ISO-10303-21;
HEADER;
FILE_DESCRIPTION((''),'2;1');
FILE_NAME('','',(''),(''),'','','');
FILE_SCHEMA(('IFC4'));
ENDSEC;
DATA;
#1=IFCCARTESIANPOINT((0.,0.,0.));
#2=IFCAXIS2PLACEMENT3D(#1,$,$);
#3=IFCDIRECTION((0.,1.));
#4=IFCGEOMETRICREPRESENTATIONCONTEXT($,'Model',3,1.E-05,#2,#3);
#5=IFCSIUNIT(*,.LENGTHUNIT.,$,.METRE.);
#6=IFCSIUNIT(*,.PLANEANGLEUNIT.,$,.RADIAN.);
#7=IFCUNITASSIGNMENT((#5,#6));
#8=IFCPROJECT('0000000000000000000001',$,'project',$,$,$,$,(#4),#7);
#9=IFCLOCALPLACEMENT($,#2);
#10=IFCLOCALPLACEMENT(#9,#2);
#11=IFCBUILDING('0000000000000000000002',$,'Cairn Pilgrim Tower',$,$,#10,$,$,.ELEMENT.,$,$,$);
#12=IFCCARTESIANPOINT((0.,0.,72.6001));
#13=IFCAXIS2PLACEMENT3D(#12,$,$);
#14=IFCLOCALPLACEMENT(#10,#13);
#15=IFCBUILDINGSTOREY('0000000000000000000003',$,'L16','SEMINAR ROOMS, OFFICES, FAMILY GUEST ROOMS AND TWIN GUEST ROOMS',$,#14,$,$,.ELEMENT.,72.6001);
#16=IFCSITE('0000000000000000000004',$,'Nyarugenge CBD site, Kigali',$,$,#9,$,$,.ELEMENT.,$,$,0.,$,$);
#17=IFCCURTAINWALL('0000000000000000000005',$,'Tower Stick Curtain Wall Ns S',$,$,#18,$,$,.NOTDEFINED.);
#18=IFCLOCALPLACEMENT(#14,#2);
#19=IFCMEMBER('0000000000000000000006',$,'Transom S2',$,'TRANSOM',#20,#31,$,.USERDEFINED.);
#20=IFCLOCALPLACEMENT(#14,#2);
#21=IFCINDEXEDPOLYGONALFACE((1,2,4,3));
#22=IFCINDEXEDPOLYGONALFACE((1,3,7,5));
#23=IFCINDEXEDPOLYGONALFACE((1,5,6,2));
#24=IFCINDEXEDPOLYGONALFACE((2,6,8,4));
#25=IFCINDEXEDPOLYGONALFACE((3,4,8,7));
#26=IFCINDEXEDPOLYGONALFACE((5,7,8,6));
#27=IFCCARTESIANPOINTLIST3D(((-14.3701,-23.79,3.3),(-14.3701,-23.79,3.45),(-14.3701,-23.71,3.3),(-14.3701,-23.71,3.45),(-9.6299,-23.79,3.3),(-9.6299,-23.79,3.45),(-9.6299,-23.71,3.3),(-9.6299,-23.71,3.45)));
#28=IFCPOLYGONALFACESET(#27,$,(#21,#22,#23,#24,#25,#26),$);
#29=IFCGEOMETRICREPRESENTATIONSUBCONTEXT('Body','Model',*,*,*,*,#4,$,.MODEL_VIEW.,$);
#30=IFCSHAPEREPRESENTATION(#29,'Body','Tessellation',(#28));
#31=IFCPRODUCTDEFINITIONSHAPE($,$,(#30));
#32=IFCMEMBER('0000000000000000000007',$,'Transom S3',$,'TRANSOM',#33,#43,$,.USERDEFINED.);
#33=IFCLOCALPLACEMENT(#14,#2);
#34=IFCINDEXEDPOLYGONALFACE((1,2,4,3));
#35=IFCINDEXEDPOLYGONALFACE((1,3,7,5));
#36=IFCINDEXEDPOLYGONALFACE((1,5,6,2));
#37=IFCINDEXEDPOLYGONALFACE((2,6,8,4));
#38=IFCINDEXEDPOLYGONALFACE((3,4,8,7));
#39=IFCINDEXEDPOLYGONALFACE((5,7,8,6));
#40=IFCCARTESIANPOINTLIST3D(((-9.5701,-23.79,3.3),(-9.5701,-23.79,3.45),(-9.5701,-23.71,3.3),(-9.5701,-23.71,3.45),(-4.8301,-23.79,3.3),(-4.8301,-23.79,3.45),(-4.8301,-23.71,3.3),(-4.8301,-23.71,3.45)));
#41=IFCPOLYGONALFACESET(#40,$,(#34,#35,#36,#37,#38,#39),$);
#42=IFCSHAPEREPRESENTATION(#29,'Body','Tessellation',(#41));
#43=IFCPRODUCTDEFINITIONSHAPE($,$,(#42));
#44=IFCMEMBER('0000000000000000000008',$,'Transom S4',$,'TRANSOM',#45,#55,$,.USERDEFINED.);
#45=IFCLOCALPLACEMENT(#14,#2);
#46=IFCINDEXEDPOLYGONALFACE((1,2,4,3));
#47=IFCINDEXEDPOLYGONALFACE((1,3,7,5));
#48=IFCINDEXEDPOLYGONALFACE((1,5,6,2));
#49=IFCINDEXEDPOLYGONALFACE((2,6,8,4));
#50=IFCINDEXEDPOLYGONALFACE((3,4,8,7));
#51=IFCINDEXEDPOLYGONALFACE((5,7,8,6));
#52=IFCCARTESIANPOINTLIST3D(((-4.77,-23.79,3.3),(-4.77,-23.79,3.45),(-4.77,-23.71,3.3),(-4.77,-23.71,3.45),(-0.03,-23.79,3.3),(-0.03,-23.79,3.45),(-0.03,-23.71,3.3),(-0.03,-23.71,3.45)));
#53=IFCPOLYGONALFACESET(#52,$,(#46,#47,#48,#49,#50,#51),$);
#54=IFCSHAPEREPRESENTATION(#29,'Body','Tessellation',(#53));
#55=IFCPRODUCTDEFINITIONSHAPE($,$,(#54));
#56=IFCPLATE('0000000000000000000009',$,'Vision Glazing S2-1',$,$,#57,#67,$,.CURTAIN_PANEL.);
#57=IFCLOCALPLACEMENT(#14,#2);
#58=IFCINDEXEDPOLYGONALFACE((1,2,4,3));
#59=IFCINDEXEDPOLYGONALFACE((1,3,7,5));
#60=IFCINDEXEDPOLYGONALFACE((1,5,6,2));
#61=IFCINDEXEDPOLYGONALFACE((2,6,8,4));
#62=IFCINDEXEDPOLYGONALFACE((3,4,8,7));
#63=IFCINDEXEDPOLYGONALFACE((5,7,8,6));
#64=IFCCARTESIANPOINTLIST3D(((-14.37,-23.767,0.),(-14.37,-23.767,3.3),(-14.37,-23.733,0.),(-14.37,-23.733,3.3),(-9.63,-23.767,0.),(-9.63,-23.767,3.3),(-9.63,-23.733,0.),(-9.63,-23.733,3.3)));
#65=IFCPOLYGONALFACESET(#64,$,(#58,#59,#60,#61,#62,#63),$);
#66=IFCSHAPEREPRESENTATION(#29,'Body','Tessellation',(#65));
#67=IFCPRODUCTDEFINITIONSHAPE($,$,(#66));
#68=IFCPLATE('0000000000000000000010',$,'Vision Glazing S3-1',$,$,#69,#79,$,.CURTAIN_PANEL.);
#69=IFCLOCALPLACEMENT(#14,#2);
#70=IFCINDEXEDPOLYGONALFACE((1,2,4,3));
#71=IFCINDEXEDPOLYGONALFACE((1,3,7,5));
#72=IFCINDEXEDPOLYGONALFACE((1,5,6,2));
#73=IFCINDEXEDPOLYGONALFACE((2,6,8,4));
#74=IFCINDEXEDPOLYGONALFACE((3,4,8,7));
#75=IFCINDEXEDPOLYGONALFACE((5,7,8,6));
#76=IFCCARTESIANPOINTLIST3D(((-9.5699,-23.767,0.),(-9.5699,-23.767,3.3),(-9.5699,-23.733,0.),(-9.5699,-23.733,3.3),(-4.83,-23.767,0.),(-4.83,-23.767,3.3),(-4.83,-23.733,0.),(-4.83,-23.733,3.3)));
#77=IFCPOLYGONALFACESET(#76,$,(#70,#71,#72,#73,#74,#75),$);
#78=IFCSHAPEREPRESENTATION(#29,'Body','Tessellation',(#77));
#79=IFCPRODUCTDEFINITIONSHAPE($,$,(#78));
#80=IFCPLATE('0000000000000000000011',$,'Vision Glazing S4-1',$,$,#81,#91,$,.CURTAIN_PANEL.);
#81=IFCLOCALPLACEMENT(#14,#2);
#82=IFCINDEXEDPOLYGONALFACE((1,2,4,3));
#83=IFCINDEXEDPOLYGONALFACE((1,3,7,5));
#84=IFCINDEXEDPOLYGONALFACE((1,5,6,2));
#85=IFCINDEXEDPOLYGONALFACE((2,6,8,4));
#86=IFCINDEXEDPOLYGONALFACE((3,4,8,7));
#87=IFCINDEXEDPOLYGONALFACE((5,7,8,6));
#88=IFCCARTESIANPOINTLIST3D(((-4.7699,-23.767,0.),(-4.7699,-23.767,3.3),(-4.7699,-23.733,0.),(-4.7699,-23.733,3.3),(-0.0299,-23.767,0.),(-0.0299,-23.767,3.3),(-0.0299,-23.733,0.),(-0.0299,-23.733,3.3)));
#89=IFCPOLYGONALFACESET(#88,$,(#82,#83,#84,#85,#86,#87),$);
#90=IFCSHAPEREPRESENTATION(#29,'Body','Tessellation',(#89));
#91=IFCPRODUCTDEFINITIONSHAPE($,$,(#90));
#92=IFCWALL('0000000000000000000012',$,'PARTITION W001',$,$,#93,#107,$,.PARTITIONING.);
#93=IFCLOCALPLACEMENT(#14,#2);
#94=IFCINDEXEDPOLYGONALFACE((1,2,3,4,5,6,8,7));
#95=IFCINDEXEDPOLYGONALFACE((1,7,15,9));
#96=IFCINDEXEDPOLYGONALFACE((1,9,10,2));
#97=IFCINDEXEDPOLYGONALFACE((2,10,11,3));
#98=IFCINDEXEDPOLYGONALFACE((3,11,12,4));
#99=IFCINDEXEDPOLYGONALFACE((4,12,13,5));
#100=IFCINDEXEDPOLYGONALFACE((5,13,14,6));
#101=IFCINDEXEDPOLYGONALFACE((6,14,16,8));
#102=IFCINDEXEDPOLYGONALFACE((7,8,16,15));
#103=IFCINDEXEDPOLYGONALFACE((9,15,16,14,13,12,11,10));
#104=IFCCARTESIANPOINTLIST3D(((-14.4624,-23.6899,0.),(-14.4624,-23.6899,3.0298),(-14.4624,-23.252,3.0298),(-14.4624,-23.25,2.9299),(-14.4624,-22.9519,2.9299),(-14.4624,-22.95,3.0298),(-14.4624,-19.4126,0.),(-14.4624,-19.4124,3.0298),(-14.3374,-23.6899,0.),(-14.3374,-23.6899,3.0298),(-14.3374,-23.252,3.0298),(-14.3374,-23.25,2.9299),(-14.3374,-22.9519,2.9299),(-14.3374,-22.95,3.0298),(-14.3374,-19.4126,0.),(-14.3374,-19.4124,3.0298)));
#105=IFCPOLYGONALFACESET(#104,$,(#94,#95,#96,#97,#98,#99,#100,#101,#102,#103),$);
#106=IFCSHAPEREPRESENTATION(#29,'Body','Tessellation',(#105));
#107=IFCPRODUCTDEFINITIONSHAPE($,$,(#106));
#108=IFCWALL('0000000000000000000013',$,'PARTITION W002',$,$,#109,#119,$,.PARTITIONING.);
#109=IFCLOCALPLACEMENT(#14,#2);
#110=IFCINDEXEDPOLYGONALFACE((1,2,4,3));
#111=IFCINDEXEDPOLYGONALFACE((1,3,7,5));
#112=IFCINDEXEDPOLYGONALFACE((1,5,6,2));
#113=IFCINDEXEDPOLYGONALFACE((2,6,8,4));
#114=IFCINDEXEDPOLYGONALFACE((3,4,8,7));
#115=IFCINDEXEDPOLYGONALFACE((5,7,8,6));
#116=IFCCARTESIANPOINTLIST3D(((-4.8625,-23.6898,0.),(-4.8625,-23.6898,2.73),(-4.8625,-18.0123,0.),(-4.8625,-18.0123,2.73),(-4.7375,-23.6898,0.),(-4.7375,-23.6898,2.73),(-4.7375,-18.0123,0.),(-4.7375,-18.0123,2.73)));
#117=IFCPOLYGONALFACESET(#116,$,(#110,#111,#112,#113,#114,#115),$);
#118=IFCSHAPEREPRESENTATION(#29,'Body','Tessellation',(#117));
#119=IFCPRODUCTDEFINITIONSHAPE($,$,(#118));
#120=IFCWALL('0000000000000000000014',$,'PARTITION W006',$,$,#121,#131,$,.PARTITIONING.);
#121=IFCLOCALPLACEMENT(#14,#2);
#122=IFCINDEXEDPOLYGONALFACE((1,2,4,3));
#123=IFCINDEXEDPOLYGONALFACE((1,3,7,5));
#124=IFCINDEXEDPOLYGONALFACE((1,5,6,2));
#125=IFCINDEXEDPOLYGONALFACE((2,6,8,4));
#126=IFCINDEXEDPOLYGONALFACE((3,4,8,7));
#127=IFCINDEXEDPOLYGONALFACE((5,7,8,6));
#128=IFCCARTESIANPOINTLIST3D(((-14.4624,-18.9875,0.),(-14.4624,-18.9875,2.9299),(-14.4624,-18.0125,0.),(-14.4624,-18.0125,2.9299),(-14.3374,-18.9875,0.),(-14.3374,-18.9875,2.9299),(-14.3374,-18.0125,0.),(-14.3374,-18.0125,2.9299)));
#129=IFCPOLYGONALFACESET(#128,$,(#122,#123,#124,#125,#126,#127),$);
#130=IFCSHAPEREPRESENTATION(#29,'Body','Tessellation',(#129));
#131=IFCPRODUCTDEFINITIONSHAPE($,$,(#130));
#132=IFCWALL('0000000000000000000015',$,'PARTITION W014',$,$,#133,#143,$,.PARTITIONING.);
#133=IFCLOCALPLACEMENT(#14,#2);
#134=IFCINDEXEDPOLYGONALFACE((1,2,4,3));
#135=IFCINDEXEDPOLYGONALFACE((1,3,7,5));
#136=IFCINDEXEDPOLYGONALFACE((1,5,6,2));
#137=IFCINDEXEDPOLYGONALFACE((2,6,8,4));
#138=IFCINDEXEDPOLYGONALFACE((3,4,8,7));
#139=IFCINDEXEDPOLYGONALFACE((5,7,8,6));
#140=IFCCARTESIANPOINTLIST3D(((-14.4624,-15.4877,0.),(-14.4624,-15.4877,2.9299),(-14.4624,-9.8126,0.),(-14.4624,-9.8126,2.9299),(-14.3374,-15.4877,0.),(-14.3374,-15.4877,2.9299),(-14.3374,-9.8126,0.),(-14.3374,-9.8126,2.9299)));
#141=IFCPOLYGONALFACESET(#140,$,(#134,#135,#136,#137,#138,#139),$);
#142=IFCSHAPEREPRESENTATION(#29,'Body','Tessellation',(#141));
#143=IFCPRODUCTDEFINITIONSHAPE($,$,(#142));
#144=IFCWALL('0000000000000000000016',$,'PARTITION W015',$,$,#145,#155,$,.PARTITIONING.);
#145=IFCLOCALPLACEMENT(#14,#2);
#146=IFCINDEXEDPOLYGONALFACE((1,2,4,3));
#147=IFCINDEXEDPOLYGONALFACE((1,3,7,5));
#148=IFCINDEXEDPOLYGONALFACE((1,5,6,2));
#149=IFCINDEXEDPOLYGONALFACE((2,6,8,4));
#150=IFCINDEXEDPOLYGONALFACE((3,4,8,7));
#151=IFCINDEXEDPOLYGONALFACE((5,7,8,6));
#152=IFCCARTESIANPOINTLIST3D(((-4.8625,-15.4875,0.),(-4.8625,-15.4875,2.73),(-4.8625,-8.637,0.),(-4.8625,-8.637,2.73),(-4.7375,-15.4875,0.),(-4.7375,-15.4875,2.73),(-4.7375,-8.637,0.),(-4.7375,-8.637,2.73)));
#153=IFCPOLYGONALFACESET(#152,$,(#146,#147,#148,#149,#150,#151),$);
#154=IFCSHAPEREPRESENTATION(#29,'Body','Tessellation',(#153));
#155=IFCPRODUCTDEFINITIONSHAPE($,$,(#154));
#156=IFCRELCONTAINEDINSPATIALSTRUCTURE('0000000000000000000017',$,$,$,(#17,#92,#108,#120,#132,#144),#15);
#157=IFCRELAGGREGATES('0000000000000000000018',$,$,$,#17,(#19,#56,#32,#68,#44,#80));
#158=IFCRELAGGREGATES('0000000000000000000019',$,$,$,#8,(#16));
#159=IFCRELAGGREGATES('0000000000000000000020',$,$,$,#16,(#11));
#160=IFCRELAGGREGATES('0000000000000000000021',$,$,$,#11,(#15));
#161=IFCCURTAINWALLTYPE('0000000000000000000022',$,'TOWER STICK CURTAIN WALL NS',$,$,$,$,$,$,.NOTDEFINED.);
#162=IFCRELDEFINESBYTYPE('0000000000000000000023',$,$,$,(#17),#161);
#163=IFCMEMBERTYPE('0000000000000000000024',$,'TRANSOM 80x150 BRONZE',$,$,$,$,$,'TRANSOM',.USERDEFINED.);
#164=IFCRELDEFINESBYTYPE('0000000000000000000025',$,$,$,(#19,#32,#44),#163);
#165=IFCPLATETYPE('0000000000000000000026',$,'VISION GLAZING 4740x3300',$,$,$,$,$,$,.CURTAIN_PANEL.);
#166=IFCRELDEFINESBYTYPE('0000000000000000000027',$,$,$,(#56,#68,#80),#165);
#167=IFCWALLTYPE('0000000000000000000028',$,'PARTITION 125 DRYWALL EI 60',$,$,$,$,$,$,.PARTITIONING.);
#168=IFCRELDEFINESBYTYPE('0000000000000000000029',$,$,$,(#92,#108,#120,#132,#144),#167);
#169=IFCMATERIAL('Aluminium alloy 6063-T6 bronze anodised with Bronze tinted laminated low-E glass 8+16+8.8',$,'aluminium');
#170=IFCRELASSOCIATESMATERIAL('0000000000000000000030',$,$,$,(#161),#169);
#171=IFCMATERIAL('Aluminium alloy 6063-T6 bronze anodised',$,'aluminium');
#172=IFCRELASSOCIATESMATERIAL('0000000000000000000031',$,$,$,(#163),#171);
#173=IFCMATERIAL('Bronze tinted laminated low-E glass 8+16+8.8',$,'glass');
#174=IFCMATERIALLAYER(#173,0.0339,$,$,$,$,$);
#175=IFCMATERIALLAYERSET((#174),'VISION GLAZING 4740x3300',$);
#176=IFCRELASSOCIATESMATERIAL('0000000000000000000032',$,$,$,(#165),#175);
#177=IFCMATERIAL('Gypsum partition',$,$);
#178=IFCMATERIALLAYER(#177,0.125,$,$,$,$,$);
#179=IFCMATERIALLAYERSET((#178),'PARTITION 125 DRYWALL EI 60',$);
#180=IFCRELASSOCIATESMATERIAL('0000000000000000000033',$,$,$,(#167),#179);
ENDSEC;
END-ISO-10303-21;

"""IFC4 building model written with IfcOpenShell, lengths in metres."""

from ifc_helpers import new_model, si_unit, direction, frame, frame_2d, origin, origin_2d, place, context, subcontext, project, spatial, polyline, rectangle, outline, extrude, material, layer, layer_set, material_profile, profile_set, type_object, element, aggregate, save


model = new_model("IFC4")

# Units and contexts
model_context = context("Model", 3, precision=1e-05, world=origin(), true_north=direction((0.0, 1.0)))
body_context = subcontext(model_context, "Body", "Model", "MODEL_VIEW")
ifc_project = project(units=[si_unit("LENGTHUNIT", "METRE"), si_unit("PLANEANGLEUNIT", "RADIAN")], contexts=[model_context])

# Site, building, storey
site_placement = place(None, origin())
site = spatial("IfcSite", under=ifc_project, at=site_placement, Name="Nyarugenge CBD site, Kigali", CompositionType="ELEMENT", RefElevation=0.0)
building_placement = place(site_placement, origin())
building = spatial("IfcBuilding", under=site, at=building_placement, Name="Cairn Pilgrim Tower", CompositionType="ELEMENT")
storey_placement = place(building_placement, frame((0.0, 0.0, 72.6001)))
storey = spatial("IfcBuildingStorey", under=building, at=storey_placement, Name="L16", Description="SEMINAR ROOMS, OFFICES, FAMILY GUEST ROOMS AND TWIN GUEST ROOMS", CompositionType="ELEMENT", Elevation=72.6001)

# Curtain wall
ifc_material_1 = material(Name="Aluminium alloy 6063-T6 bronze anodised with Bronze tinted laminated low-E glass 8+16+8.8", Category="aluminium")
curtain_wall_type = type_object("IfcCurtainWallType", Name="TOWER STICK CURTAIN WALL NS", PredefinedType="NOTDEFINED", material=ifc_material_1)
curtain_wall_placement = place(storey_placement, origin())
curtain_wall = element("IfcCurtainWall", 1, at=curtain_wall_placement, inside=storey, type_object=curtain_wall_type, Name="Tower Stick Curtain Wall Ns S", PredefinedType="NOTDEFINED")
ifc_material_2 = material(Name="Aluminium alloy 6063-T6 bronze anodised", Category="aluminium")

# Members
ifc_material_profile_1 = material_profile(ifc_material_2, rectangle(XDim=0.0801, YDim=0.1499, at=origin_2d()), Name="TRANSOM 80x150 BRONZE")
ifc_profile_set_1 = profile_set([ifc_material_profile_1], Name="Aluminium alloy 6063-T6 bronze anodised")
member_type_1 = type_object("IfcMemberType", Name="TRANSOM 80x150 BRONZE", ElementType="TRANSOM", PredefinedType="USERDEFINED", material=ifc_profile_set_1)
member_1_placement = place(storey_placement, frame((-14.3701, -23.75, 3.375), z_axis=(1.0, 0.0, 0.0), x_axis=(0.0, 1.0, 0.0)))
member_1 = element("IfcMember", 2, at=member_1_placement, type_object=member_type_1, Name="Transom S2", ObjectType="TRANSOM", PredefinedType="USERDEFINED", context=body_context, shape_type="SweptSolid", body=[
    extrude(rectangle(XDim=0.0801, YDim=0.1499, at=origin_2d()), origin(), (0.0, 0.0, 1.0), 4.7402),
])
member_2_placement = place(storey_placement, frame((-9.5701, -23.75, 3.375), z_axis=(1.0, 0.0, 0.0), x_axis=(0.0, 1.0, 0.0)))
member_2 = element("IfcMember", 3, at=member_2_placement, type_object=member_type_1, Name="Transom S3", ObjectType="TRANSOM", PredefinedType="USERDEFINED", context=body_context, shape_type="SweptSolid", body=[
    extrude(rectangle(XDim=0.0801, YDim=0.1499, at=origin_2d()), origin(), (0.0, 0.0, 1.0), 4.74),
])
member_3_placement = place(storey_placement, frame((-4.77, -23.75, 3.375), z_axis=(1.0, 0.0, 0.0), x_axis=(0.0, 1.0, 0.0)))
member_3 = element("IfcMember", 4, at=member_3_placement, type_object=member_type_1, Name="Transom S4", ObjectType="TRANSOM", PredefinedType="USERDEFINED", context=body_context, shape_type="SweptSolid", body=[
    extrude(rectangle(XDim=0.0801, YDim=0.1499, at=origin_2d()), origin(), (0.0, 0.0, 1.0), 4.74),
])

# Plates
ifc_material_3 = material(Name="Bronze tinted laminated low-E glass 8+16+8.8", Category="glass")
ifc_layer_1 = layer(ifc_material_3, 0.0339)
ifc_layer_set_1 = layer_set([ifc_layer_1], Name="VISION GLAZING 4740x3300")
plate_type = type_object("IfcPlateType", Name="VISION GLAZING 4740x3300", PredefinedType="CURTAIN_PANEL", material=ifc_layer_set_1)
plate_1_placement = place(storey_placement, frame((-12.0, -23.75, 0.0), z_axis=(0.0, 0.0, 1.0), x_axis=(1.0, 0.0, 0.0)))
plate_1 = element("IfcPlate", 5, at=plate_1_placement, type_object=plate_type, Name="Vision Glazing S2-1", PredefinedType="CURTAIN_PANEL", context=body_context, shape_type="SweptSolid", body=[
    extrude(rectangle(XDim=4.74, YDim=0.0339, at=origin_2d()), origin(), (0.0, 0.0, 1.0), 3.3),
])
plate_2_placement = place(storey_placement, frame((-7.2, -23.75, 0.0), z_axis=(0.0, 0.0, 1.0), x_axis=(1.0, 0.0, 0.0)))
plate_2 = element("IfcPlate", 6, at=plate_2_placement, type_object=plate_type, Name="Vision Glazing S3-1", PredefinedType="CURTAIN_PANEL", context=body_context, shape_type="SweptSolid", body=[
    extrude(rectangle(XDim=4.74, YDim=0.0339, at=origin_2d()), origin(), (0.0, 0.0, 1.0), 3.3),
])
plate_3_placement = place(storey_placement, frame((-2.3999, -23.75, 0.0), z_axis=(0.0, 0.0, 1.0), x_axis=(1.0, 0.0, 0.0)))
plate_3 = element("IfcPlate", 7, at=plate_3_placement, type_object=plate_type, Name="Vision Glazing S4-1", PredefinedType="CURTAIN_PANEL", context=body_context, shape_type="SweptSolid", body=[
    extrude(rectangle(XDim=4.74, YDim=0.0339, at=origin_2d()), origin(), (0.0, 0.0, 1.0), 3.3),
])
aggregate(curtain_wall, [member_1, plate_1, member_2, plate_2, member_3, plate_3])

# Walls
ifc_material_4 = material(Name="Gypsum partition")
ifc_layer_2 = layer(ifc_material_4, 0.125)
ifc_layer_set_2 = layer_set([ifc_layer_2], Name="PARTITION 125 DRYWALL EI 60")
wall_type = type_object("IfcWallType", Name="PARTITION 125 DRYWALL EI 60", PredefinedType="PARTITIONING", material=ifc_layer_set_2)
wall_1_placement = place(storey_placement, frame((-14.3999, -23.6899, 0.0), z_axis=(0.0, 0.0, 1.0), x_axis=(0.0, 1.0, 0.0)))
element("IfcWall", 8, at=wall_1_placement, inside=storey, type_object=wall_type, Name="PARTITION W001", PredefinedType="PARTITIONING", context=body_context, shape_type="SweptSolid", body=[
    extrude(outline(polyline([(0.0, 0.0), (4.2773, 0.0), (4.2776, 3.0298), (0.74, 3.0298), (0.738, 2.9299), (0.4399, 2.9299), (0.438, 3.0298), (0.0, 3.0298), (0.0, 0.0)])), frame((0.0, 0.0625, 0.0), z_axis=(0.0, -1.0, 0.0), x_axis=(1.0, 0.0, 0.0)), (0.0, 0.0, 1.0), 0.125),
])
wall_2_placement = place(storey_placement, frame((-4.8, -23.6899, 0.0), z_axis=(0.0, 0.0, 1.0), x_axis=(0.0, 1.0, 0.0)))
element("IfcWall", 9, at=wall_2_placement, inside=storey, type_object=wall_type, Name="PARTITION W002", PredefinedType="PARTITIONING", context=body_context, shape_type="SweptSolid", body=[
    extrude(rectangle(XDim=5.6775, YDim=0.125, at=frame_2d((2.8389, 0.0))), origin(), (0.0, 0.0, 1.0), 2.73),
])
wall_3_placement = place(storey_placement, frame((-14.3999, -18.9875, 0.0), z_axis=(0.0, 0.0, 1.0), x_axis=(0.0, 1.0, 0.0)))
element("IfcWall", 10, at=wall_3_placement, inside=storey, type_object=wall_type, Name="PARTITION W006", PredefinedType="PARTITIONING", context=body_context, shape_type="SweptSolid", body=[
    extrude(rectangle(XDim=0.9751, YDim=0.125, at=frame_2d((0.4875, 0.0))), origin(), (0.0, 0.0, 1.0), 2.9299),
])
wall_4_placement = place(storey_placement, frame((-14.3999, -15.4875, 0.0), z_axis=(0.0, 0.0, 1.0), x_axis=(0.0, 1.0, 0.0)))
element("IfcWall", 11, at=wall_4_placement, inside=storey, type_object=wall_type, Name="PARTITION W014", PredefinedType="PARTITIONING", context=body_context, shape_type="SweptSolid", body=[
    extrude(rectangle(XDim=5.675, YDim=0.125, at=frame_2d((2.8374, 0.0))), origin(), (0.0, 0.0, 1.0), 2.9299),
])
wall_5_placement = place(storey_placement, frame((-4.8, -15.4875, 0.0), z_axis=(0.0, 0.0, 1.0), x_axis=(0.0, 1.0, 0.0)))
element("IfcWall", 12, at=wall_5_placement, inside=storey, type_object=wall_type, Name="PARTITION W015", PredefinedType="PARTITIONING", context=body_context, shape_type="SweptSolid", body=[
    extrude(rectangle(XDim=6.8506, YDim=0.125, at=frame_2d((3.4253, 0.0))), origin(), (0.0, 0.0, 1.0), 2.73),
])

save(model, "model.ifc")
